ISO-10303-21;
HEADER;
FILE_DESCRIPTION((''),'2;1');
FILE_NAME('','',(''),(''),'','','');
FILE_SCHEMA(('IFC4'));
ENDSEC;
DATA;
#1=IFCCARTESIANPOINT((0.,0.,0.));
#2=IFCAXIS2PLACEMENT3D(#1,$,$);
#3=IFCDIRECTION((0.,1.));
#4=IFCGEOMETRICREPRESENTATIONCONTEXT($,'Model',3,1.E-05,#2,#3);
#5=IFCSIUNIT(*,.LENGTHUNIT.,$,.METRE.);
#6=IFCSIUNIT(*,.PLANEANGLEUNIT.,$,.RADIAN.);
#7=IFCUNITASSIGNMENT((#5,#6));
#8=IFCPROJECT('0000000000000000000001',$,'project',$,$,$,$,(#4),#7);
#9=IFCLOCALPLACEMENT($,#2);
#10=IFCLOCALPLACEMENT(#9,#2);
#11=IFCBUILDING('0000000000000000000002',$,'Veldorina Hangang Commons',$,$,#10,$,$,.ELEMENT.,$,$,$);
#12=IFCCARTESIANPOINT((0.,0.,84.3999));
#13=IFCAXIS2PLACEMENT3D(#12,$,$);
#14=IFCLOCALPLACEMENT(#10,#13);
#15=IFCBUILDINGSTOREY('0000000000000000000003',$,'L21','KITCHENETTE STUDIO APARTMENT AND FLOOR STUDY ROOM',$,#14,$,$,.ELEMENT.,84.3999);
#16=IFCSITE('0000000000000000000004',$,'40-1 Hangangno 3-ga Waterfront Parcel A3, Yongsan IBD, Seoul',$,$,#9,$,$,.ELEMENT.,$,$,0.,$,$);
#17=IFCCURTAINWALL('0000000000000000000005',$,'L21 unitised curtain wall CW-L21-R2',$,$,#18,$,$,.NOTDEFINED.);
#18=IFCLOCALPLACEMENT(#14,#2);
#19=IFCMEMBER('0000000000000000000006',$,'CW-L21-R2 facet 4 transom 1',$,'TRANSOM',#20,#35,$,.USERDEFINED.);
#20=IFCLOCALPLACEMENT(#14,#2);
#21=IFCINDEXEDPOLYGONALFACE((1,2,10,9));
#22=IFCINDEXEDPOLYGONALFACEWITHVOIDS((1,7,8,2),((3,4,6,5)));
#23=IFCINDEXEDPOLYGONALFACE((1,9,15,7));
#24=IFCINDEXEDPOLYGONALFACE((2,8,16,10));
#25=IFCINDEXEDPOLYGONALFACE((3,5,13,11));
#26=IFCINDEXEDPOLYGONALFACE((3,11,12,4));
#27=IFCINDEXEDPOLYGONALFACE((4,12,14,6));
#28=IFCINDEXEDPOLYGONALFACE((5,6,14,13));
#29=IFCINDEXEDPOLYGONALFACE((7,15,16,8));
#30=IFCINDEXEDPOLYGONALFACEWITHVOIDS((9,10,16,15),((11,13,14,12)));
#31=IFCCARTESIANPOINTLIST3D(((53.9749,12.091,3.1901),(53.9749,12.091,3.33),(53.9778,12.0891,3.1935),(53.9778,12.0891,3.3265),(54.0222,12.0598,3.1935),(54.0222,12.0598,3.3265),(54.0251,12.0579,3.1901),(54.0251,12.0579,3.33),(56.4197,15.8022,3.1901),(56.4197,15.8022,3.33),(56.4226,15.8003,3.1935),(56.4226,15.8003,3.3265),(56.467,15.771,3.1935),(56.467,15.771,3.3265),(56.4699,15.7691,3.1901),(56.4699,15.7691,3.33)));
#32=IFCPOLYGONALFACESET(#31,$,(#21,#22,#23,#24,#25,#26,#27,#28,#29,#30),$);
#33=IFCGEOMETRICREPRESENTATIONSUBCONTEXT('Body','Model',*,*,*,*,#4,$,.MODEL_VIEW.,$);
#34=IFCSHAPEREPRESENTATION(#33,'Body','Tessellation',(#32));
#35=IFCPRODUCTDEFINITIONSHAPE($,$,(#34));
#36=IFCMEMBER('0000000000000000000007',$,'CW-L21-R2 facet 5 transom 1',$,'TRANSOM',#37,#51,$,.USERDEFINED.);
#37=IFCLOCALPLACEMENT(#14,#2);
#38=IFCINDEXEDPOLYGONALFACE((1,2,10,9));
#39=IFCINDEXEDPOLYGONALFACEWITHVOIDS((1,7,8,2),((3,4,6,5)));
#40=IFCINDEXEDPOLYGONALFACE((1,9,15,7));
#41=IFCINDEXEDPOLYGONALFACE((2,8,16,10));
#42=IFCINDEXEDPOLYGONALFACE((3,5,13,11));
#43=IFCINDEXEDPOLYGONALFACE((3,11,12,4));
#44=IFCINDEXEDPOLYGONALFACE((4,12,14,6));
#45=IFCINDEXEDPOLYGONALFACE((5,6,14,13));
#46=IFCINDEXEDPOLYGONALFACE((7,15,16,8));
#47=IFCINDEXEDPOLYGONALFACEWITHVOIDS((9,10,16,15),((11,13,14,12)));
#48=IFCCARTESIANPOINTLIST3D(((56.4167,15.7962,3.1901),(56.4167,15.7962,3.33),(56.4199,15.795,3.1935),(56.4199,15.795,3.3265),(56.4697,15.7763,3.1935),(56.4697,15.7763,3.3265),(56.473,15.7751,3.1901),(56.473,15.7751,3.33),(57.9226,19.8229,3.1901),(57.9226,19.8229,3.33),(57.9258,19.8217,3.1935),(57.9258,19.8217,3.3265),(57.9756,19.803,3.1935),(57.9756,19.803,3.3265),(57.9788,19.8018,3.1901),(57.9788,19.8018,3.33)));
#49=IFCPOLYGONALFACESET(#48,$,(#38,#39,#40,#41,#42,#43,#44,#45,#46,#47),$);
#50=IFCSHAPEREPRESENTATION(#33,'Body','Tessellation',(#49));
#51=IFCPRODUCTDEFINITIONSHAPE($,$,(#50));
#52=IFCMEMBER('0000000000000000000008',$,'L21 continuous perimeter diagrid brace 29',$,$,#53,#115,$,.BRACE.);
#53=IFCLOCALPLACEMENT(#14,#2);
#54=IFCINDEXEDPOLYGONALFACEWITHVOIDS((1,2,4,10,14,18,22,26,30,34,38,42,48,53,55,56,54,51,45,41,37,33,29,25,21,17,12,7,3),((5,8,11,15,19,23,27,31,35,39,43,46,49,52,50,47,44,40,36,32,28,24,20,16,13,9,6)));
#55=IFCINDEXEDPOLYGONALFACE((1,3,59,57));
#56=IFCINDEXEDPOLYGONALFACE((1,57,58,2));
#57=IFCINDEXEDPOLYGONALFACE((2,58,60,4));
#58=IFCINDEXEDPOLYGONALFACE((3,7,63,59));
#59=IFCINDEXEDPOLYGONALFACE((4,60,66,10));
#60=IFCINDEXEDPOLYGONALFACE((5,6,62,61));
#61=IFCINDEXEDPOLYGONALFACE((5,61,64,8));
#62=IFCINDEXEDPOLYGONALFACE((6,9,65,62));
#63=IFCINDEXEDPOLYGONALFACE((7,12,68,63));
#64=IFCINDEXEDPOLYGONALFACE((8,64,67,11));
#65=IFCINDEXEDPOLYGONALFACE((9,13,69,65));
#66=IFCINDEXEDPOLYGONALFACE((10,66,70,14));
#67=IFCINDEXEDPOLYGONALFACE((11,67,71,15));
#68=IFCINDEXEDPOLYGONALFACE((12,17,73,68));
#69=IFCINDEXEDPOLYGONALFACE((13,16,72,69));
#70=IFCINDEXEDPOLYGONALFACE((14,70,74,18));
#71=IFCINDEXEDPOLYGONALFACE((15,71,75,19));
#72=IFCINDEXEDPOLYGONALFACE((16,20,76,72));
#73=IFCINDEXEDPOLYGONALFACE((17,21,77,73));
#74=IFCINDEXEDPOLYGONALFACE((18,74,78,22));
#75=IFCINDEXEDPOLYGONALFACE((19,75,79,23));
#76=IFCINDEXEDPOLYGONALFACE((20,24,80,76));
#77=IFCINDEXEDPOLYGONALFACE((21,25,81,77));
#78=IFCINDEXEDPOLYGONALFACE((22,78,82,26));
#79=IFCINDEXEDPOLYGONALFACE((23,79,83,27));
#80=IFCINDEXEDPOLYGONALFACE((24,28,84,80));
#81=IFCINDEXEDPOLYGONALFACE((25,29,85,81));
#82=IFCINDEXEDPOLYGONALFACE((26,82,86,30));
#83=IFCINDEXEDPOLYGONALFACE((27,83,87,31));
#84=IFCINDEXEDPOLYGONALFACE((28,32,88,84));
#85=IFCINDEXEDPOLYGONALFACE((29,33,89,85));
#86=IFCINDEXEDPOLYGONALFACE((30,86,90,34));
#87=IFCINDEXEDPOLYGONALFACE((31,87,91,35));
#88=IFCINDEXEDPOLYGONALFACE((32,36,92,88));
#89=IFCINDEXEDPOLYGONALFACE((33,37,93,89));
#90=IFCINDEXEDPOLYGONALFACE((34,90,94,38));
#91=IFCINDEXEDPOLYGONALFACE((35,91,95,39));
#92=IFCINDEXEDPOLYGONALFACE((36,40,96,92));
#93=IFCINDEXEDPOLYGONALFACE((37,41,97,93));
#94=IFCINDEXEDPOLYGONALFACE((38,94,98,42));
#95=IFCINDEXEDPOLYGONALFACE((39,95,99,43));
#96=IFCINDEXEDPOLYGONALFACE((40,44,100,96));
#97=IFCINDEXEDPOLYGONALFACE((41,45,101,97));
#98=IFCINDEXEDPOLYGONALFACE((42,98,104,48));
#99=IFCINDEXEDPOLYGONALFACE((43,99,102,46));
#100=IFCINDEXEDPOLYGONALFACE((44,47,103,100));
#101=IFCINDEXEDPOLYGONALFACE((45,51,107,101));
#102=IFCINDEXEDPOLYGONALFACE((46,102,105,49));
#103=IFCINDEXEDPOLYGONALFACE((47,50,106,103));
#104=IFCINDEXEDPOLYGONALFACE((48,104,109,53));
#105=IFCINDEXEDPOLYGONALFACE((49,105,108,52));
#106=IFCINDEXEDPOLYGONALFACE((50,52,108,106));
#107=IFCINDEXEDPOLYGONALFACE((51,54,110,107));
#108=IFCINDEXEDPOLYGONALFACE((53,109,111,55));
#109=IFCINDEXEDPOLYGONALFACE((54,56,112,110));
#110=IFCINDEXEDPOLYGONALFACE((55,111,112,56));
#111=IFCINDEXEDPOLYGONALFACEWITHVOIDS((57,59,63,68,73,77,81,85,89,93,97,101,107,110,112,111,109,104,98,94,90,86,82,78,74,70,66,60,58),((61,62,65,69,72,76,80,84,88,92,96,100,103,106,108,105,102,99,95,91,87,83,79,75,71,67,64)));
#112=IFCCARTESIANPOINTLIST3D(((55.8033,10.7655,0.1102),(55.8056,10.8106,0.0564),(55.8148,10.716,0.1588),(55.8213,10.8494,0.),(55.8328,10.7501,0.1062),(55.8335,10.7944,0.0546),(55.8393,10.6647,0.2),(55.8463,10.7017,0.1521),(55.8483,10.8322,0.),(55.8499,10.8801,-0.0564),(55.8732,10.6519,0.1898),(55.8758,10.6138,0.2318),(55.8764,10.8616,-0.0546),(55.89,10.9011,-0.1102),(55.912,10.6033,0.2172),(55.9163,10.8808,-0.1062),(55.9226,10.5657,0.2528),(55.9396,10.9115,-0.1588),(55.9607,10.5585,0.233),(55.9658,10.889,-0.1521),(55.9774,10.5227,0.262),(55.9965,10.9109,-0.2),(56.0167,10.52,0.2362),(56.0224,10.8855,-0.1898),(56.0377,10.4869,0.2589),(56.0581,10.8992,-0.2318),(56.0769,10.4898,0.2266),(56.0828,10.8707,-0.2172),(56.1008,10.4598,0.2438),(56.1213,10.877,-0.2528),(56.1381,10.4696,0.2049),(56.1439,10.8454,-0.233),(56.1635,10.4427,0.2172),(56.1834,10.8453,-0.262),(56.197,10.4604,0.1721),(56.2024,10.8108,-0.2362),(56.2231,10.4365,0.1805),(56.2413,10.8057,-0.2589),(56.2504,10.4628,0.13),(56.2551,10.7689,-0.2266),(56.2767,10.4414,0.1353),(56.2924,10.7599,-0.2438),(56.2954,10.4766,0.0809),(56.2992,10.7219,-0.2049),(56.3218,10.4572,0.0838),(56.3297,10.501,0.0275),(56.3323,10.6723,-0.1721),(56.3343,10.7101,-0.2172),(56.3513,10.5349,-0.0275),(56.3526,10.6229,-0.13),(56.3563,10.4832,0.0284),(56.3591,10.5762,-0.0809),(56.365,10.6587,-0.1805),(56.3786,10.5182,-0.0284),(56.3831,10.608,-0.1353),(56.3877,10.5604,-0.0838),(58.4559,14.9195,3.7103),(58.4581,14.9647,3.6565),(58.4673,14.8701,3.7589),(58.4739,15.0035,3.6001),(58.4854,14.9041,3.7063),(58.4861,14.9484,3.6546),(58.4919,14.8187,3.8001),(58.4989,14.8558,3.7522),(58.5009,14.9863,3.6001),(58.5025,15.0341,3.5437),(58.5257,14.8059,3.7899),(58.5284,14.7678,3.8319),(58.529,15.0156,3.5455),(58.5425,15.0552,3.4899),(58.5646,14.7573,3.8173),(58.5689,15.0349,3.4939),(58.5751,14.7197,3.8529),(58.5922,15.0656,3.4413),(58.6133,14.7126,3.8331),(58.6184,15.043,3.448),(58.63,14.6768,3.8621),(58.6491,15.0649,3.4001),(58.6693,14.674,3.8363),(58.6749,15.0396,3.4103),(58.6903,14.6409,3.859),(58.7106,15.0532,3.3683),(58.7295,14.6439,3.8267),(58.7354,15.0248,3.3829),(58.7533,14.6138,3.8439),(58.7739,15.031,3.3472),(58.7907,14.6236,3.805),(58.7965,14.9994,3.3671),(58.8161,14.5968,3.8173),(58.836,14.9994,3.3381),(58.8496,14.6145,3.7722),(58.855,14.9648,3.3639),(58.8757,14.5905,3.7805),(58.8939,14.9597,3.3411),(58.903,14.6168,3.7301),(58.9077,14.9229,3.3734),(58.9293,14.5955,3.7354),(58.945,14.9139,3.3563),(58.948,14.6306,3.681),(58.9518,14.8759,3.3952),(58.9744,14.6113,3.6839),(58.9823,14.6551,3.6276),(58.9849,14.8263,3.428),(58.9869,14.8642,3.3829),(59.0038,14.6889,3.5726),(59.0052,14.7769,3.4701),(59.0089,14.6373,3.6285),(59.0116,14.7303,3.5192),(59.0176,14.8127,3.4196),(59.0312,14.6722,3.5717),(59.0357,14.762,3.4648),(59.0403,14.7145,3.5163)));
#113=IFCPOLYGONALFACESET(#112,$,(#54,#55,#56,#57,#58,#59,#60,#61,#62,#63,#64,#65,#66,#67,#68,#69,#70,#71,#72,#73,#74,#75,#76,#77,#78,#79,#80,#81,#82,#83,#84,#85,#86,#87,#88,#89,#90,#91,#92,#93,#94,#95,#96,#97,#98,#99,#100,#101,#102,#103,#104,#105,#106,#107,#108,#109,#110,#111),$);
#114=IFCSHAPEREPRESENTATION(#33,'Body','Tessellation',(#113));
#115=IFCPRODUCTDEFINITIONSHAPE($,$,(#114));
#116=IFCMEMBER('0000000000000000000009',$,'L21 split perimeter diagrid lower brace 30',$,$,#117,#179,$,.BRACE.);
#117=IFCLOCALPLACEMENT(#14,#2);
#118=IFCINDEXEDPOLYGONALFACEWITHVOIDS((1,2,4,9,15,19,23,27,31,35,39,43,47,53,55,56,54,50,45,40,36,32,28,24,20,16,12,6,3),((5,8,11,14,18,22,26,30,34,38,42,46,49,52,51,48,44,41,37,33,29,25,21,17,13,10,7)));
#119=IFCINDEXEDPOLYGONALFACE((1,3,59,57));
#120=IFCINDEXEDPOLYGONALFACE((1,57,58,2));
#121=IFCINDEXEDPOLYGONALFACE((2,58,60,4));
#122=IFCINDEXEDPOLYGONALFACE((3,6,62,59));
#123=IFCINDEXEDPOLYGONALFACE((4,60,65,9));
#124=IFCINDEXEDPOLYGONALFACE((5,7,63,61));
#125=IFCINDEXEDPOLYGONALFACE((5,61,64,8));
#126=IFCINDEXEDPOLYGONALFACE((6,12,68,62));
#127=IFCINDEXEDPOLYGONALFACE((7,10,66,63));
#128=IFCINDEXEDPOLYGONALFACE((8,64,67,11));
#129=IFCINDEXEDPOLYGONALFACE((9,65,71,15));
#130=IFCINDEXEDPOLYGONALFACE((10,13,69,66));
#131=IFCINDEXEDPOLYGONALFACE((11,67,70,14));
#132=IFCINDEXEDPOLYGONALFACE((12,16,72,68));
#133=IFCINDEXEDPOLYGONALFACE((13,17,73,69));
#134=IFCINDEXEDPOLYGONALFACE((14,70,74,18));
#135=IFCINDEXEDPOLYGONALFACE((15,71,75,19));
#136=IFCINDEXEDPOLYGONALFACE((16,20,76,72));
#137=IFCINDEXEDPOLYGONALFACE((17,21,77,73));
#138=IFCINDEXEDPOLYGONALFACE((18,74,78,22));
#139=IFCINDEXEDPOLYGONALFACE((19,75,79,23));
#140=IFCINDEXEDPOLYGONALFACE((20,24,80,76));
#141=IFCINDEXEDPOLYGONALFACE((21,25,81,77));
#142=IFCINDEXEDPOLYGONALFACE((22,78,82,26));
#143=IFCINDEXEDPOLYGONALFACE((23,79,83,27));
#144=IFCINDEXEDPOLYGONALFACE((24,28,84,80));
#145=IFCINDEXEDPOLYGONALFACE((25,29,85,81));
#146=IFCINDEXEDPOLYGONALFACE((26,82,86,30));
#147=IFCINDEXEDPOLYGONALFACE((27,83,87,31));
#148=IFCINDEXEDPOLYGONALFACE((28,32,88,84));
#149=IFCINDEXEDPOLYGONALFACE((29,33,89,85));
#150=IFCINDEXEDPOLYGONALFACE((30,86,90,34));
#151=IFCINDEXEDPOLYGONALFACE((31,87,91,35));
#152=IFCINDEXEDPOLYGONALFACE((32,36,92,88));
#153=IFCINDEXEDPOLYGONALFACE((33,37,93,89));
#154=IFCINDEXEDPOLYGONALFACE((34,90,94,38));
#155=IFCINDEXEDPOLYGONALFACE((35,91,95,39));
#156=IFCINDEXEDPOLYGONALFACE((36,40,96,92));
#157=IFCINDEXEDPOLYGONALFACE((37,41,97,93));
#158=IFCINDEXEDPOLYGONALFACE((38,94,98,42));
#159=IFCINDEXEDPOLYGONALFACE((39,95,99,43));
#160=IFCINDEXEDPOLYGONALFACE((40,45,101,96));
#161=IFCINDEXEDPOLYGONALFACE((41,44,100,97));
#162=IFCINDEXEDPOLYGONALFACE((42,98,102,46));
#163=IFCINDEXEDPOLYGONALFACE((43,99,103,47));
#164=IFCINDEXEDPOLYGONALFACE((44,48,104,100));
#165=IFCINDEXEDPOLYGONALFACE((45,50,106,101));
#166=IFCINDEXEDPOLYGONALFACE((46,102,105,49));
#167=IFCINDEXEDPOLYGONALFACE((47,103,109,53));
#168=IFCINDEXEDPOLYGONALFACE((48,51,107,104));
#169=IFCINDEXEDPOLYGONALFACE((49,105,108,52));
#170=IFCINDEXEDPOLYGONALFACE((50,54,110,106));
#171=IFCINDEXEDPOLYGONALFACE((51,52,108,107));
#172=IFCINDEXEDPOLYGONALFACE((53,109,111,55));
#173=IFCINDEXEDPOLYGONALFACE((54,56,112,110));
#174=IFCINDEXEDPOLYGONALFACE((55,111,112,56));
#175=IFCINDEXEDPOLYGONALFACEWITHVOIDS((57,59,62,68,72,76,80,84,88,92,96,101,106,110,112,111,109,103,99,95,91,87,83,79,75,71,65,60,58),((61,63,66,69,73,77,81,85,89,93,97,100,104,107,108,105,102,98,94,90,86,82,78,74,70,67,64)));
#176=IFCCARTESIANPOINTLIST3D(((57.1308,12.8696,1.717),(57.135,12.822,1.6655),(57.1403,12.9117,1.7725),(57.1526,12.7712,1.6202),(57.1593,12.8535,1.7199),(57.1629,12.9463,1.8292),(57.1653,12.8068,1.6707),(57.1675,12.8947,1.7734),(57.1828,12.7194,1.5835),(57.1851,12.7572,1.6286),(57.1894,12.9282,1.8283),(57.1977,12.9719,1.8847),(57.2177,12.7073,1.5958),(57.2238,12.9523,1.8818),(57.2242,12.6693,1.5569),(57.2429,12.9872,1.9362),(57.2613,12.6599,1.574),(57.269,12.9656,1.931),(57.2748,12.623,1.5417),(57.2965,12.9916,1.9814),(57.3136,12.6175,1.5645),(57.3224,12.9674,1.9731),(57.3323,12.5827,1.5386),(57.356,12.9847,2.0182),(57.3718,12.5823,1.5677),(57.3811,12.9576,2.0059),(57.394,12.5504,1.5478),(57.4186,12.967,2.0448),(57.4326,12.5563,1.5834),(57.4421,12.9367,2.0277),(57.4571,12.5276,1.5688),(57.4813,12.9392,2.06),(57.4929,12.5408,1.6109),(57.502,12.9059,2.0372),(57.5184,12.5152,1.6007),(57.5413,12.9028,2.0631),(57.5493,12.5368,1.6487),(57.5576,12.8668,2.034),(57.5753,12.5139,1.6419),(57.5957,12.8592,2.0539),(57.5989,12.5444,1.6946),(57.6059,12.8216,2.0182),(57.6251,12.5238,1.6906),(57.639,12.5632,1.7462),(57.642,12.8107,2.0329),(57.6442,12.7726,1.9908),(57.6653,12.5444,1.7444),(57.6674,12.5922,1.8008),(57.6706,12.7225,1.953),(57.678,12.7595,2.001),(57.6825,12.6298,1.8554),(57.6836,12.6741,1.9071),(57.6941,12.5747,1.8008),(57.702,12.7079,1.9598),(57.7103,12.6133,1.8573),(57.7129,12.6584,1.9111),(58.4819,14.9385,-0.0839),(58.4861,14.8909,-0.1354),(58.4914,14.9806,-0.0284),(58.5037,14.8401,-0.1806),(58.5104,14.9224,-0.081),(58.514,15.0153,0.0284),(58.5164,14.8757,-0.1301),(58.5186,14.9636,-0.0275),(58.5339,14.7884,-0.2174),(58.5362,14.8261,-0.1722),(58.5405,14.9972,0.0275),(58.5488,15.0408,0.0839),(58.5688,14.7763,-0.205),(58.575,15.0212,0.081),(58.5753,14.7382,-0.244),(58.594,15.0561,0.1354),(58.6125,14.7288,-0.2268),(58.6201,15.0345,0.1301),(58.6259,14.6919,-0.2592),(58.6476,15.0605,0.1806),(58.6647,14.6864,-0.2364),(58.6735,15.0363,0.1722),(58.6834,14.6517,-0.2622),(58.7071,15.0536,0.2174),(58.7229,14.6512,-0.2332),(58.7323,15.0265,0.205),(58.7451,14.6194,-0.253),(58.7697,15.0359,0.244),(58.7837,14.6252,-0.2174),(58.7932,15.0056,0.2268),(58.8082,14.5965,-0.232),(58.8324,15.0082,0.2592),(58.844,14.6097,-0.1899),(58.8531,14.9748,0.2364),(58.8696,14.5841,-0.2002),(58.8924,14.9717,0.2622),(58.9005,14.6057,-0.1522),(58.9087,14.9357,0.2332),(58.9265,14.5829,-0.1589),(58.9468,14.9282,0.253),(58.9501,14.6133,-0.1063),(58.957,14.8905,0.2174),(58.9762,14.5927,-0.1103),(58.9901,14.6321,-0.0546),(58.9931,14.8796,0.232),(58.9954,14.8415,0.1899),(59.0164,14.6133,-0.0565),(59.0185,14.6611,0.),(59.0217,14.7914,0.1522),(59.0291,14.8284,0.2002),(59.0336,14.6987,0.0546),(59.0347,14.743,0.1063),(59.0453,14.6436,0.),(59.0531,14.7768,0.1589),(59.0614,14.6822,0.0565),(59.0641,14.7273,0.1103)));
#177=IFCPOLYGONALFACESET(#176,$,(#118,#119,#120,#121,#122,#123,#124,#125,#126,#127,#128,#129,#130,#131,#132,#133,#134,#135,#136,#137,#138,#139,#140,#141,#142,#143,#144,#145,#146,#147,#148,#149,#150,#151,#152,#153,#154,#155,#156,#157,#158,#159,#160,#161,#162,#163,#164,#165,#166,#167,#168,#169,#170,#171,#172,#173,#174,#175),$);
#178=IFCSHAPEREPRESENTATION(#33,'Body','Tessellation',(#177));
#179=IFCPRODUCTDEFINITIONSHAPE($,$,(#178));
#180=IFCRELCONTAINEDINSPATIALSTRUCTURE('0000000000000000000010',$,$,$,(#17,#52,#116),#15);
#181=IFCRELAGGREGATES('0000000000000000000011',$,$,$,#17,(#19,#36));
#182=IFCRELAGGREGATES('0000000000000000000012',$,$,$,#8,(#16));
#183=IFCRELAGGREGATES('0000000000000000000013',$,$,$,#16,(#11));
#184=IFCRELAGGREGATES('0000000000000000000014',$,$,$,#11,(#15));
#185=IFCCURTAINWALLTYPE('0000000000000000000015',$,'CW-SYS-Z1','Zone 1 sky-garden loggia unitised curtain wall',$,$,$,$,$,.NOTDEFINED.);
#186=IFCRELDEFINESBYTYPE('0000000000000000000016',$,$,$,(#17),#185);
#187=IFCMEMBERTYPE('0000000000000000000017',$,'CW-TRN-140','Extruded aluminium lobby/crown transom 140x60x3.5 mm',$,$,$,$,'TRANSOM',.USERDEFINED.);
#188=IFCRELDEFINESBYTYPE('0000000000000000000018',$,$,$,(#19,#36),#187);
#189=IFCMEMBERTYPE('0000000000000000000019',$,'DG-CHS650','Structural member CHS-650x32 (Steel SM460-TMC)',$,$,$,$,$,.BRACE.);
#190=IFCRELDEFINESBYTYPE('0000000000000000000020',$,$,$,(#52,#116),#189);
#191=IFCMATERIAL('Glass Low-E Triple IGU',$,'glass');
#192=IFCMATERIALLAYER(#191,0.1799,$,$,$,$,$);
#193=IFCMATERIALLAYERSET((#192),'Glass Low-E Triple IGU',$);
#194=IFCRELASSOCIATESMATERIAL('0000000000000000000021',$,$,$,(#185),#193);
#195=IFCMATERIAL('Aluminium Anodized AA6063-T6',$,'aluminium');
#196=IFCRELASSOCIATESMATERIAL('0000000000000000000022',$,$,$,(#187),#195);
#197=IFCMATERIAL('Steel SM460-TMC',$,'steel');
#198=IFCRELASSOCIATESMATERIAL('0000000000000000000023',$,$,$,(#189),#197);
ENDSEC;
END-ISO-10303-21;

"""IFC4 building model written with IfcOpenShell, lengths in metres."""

from ifc_helpers import new_model, si_unit, direction, frame, origin, origin_2d, place, context, subcontext, project, spatial, hollow_rectangle, hollow_circle, extrude, material, layer, layer_set, material_profile, profile_set, type_object, element, aggregate, save


model = new_model("IFC4")

# Units and contexts
model_context = context("Model", 3, precision=1e-05, world=origin(), true_north=direction((0.0, 1.0)))
body_context = subcontext(model_context, "Body", "Model", "MODEL_VIEW")
ifc_project = project(units=[si_unit("LENGTHUNIT", "METRE"), si_unit("PLANEANGLEUNIT", "RADIAN")], contexts=[model_context])

# Site, building, storey
site_placement = place(None, origin())
site = spatial("IfcSite", under=ifc_project, at=site_placement, Name="40-1 Hangangno 3-ga Waterfront Parcel A3, Yongsan IBD, Seoul", CompositionType="ELEMENT", RefElevation=0.0)
building_placement = place(site_placement, origin())
building = spatial("IfcBuilding", under=site, at=building_placement, Name="Veldorina Hangang Commons", CompositionType="ELEMENT")
storey_placement = place(building_placement, frame((0.0, 0.0, 84.3999)))
storey = spatial("IfcBuildingStorey", under=building, at=storey_placement, Name="L21", Description="KITCHENETTE STUDIO APARTMENT AND FLOOR STUDY ROOM", CompositionType="ELEMENT", Elevation=84.3999)

# Curtain wall, members
ifc_material_1 = material(Name="Glass Low-E Triple IGU", Category="glass")
ifc_layer_1 = layer(ifc_material_1, 0.1799)
ifc_layer_set_1 = layer_set([ifc_layer_1], Name="Glass Low-E Triple IGU")
curtain_wall_type = type_object("IfcCurtainWallType", Name="CW-SYS-Z1", Description="Zone 1 sky-garden loggia unitised curtain wall", PredefinedType="NOTDEFINED", material=ifc_layer_set_1)
curtain_wall_placement = place(storey_placement, origin())
curtain_wall = element("IfcCurtainWall", 1, at=curtain_wall_placement, inside=storey, type_object=curtain_wall_type, Name="L21 unitised curtain wall CW-L21-R2", PredefinedType="NOTDEFINED")
ifc_material_2 = material(Name="Aluminium Anodized AA6063-T6", Category="aluminium")
ifc_material_profile_1 = material_profile(ifc_material_2, hollow_rectangle(XDim=0.0601, YDim=0.1399, WallThickness=0.0034, at=origin_2d()), Name="ALU-RHS-140x60x3.5")
ifc_profile_set_1 = profile_set([ifc_material_profile_1], Name="Aluminium Anodized AA6063-T6")
member_type_1 = type_object("IfcMemberType", Name="CW-TRN-140", Description="Extruded aluminium lobby/crown transom 140x60x3.5 mm", ElementType="TRANSOM", PredefinedType="USERDEFINED", material=ifc_profile_set_1)
member_1_placement = place(storey_placement, frame((54.0, 12.0745, 3.26), z_axis=(0.550128, 0.83508, 0.0), x_axis=(-0.83508, 0.550128, 0.0)))
member_1 = element("IfcMember", 2, at=member_1_placement, type_object=member_type_1, Name="CW-L21-R2 facet 4 transom 1", ObjectType="TRANSOM", PredefinedType="USERDEFINED", context=body_context, shape_type="SweptSolid", body=[
    extrude(hollow_rectangle(XDim=0.0601, YDim=0.1399, WallThickness=0.0034, at=origin_2d()), origin(), (0.0, 0.0, 1.0), 4.4441),
])
member_2_placement = place(storey_placement, frame((56.4448, 15.7856, 3.26), z_axis=(0.350283, 0.936644, 0.0), x_axis=(-0.936644, 0.350283, 0.0)))
member_2 = element("IfcMember", 3, at=member_2_placement, type_object=member_type_1, Name="CW-L21-R2 facet 5 transom 1", ObjectType="TRANSOM", PredefinedType="USERDEFINED", context=body_context, shape_type="SweptSolid", body=[
    extrude(hollow_rectangle(XDim=0.0601, YDim=0.1399, WallThickness=0.0034, at=origin_2d()), origin(), (0.0, 0.0, 1.0), 4.2991),
])

# Members
ifc_material_3 = material(Name="Steel SM460-TMC", Category="steel")
ifc_material_profile_2 = material_profile(ifc_material_3, hollow_circle(Radius=0.325, WallThickness=0.032, at=origin_2d()), Name="CHS-650x32")
ifc_profile_set_2 = profile_set([ifc_material_profile_2], Name="Steel SM460-TMC")
member_type_2 = type_object("IfcMemberType", Name="DG-CHS650", Description="Structural member CHS-650x32 (Steel SM460-TMC)", PredefinedType="BRACE", material=ifc_profile_set_2)
member_3_placement = place(storey_placement, frame((56.0952, 10.6746, 0.0), z_axis=(0.434599, 0.680598, 0.589839), x_axis=(-0.842824, 0.538189, 0.0)))
element("IfcMember", 4, at=member_3_placement, inside=storey, type_object=member_type_2, Name="L21 continuous perimeter diagrid brace 29", PredefinedType="BRACE", context=body_context, shape_type="SweptSolid", body=[
    extrude(hollow_circle(Radius=0.325, WallThickness=0.032, at=origin_2d()), origin(), (0.0, 0.0, 1.0), 6.1035),
])
member_4_placement = place(storey_placement, frame((58.7732, 14.8213, 0.0), z_axis=(-0.441888, -0.676645, 0.588971), x_axis=(0.837272, -0.546786, 0.0)))
element("IfcMember", 5, at=member_4_placement, inside=storey, type_object=member_type_2, Name="L21 split perimeter diagrid lower brace 30", PredefinedType="BRACE", context=body_context, shape_type="SweptSolid", body=[
    extrude(hollow_circle(Radius=0.325, WallThickness=0.032, at=origin_2d()), origin(), (0.0, 0.0, 1.0), 3.0576),
])

aggregate(curtain_wall, [member_1, member_2])

save(model, "model.ifc")
